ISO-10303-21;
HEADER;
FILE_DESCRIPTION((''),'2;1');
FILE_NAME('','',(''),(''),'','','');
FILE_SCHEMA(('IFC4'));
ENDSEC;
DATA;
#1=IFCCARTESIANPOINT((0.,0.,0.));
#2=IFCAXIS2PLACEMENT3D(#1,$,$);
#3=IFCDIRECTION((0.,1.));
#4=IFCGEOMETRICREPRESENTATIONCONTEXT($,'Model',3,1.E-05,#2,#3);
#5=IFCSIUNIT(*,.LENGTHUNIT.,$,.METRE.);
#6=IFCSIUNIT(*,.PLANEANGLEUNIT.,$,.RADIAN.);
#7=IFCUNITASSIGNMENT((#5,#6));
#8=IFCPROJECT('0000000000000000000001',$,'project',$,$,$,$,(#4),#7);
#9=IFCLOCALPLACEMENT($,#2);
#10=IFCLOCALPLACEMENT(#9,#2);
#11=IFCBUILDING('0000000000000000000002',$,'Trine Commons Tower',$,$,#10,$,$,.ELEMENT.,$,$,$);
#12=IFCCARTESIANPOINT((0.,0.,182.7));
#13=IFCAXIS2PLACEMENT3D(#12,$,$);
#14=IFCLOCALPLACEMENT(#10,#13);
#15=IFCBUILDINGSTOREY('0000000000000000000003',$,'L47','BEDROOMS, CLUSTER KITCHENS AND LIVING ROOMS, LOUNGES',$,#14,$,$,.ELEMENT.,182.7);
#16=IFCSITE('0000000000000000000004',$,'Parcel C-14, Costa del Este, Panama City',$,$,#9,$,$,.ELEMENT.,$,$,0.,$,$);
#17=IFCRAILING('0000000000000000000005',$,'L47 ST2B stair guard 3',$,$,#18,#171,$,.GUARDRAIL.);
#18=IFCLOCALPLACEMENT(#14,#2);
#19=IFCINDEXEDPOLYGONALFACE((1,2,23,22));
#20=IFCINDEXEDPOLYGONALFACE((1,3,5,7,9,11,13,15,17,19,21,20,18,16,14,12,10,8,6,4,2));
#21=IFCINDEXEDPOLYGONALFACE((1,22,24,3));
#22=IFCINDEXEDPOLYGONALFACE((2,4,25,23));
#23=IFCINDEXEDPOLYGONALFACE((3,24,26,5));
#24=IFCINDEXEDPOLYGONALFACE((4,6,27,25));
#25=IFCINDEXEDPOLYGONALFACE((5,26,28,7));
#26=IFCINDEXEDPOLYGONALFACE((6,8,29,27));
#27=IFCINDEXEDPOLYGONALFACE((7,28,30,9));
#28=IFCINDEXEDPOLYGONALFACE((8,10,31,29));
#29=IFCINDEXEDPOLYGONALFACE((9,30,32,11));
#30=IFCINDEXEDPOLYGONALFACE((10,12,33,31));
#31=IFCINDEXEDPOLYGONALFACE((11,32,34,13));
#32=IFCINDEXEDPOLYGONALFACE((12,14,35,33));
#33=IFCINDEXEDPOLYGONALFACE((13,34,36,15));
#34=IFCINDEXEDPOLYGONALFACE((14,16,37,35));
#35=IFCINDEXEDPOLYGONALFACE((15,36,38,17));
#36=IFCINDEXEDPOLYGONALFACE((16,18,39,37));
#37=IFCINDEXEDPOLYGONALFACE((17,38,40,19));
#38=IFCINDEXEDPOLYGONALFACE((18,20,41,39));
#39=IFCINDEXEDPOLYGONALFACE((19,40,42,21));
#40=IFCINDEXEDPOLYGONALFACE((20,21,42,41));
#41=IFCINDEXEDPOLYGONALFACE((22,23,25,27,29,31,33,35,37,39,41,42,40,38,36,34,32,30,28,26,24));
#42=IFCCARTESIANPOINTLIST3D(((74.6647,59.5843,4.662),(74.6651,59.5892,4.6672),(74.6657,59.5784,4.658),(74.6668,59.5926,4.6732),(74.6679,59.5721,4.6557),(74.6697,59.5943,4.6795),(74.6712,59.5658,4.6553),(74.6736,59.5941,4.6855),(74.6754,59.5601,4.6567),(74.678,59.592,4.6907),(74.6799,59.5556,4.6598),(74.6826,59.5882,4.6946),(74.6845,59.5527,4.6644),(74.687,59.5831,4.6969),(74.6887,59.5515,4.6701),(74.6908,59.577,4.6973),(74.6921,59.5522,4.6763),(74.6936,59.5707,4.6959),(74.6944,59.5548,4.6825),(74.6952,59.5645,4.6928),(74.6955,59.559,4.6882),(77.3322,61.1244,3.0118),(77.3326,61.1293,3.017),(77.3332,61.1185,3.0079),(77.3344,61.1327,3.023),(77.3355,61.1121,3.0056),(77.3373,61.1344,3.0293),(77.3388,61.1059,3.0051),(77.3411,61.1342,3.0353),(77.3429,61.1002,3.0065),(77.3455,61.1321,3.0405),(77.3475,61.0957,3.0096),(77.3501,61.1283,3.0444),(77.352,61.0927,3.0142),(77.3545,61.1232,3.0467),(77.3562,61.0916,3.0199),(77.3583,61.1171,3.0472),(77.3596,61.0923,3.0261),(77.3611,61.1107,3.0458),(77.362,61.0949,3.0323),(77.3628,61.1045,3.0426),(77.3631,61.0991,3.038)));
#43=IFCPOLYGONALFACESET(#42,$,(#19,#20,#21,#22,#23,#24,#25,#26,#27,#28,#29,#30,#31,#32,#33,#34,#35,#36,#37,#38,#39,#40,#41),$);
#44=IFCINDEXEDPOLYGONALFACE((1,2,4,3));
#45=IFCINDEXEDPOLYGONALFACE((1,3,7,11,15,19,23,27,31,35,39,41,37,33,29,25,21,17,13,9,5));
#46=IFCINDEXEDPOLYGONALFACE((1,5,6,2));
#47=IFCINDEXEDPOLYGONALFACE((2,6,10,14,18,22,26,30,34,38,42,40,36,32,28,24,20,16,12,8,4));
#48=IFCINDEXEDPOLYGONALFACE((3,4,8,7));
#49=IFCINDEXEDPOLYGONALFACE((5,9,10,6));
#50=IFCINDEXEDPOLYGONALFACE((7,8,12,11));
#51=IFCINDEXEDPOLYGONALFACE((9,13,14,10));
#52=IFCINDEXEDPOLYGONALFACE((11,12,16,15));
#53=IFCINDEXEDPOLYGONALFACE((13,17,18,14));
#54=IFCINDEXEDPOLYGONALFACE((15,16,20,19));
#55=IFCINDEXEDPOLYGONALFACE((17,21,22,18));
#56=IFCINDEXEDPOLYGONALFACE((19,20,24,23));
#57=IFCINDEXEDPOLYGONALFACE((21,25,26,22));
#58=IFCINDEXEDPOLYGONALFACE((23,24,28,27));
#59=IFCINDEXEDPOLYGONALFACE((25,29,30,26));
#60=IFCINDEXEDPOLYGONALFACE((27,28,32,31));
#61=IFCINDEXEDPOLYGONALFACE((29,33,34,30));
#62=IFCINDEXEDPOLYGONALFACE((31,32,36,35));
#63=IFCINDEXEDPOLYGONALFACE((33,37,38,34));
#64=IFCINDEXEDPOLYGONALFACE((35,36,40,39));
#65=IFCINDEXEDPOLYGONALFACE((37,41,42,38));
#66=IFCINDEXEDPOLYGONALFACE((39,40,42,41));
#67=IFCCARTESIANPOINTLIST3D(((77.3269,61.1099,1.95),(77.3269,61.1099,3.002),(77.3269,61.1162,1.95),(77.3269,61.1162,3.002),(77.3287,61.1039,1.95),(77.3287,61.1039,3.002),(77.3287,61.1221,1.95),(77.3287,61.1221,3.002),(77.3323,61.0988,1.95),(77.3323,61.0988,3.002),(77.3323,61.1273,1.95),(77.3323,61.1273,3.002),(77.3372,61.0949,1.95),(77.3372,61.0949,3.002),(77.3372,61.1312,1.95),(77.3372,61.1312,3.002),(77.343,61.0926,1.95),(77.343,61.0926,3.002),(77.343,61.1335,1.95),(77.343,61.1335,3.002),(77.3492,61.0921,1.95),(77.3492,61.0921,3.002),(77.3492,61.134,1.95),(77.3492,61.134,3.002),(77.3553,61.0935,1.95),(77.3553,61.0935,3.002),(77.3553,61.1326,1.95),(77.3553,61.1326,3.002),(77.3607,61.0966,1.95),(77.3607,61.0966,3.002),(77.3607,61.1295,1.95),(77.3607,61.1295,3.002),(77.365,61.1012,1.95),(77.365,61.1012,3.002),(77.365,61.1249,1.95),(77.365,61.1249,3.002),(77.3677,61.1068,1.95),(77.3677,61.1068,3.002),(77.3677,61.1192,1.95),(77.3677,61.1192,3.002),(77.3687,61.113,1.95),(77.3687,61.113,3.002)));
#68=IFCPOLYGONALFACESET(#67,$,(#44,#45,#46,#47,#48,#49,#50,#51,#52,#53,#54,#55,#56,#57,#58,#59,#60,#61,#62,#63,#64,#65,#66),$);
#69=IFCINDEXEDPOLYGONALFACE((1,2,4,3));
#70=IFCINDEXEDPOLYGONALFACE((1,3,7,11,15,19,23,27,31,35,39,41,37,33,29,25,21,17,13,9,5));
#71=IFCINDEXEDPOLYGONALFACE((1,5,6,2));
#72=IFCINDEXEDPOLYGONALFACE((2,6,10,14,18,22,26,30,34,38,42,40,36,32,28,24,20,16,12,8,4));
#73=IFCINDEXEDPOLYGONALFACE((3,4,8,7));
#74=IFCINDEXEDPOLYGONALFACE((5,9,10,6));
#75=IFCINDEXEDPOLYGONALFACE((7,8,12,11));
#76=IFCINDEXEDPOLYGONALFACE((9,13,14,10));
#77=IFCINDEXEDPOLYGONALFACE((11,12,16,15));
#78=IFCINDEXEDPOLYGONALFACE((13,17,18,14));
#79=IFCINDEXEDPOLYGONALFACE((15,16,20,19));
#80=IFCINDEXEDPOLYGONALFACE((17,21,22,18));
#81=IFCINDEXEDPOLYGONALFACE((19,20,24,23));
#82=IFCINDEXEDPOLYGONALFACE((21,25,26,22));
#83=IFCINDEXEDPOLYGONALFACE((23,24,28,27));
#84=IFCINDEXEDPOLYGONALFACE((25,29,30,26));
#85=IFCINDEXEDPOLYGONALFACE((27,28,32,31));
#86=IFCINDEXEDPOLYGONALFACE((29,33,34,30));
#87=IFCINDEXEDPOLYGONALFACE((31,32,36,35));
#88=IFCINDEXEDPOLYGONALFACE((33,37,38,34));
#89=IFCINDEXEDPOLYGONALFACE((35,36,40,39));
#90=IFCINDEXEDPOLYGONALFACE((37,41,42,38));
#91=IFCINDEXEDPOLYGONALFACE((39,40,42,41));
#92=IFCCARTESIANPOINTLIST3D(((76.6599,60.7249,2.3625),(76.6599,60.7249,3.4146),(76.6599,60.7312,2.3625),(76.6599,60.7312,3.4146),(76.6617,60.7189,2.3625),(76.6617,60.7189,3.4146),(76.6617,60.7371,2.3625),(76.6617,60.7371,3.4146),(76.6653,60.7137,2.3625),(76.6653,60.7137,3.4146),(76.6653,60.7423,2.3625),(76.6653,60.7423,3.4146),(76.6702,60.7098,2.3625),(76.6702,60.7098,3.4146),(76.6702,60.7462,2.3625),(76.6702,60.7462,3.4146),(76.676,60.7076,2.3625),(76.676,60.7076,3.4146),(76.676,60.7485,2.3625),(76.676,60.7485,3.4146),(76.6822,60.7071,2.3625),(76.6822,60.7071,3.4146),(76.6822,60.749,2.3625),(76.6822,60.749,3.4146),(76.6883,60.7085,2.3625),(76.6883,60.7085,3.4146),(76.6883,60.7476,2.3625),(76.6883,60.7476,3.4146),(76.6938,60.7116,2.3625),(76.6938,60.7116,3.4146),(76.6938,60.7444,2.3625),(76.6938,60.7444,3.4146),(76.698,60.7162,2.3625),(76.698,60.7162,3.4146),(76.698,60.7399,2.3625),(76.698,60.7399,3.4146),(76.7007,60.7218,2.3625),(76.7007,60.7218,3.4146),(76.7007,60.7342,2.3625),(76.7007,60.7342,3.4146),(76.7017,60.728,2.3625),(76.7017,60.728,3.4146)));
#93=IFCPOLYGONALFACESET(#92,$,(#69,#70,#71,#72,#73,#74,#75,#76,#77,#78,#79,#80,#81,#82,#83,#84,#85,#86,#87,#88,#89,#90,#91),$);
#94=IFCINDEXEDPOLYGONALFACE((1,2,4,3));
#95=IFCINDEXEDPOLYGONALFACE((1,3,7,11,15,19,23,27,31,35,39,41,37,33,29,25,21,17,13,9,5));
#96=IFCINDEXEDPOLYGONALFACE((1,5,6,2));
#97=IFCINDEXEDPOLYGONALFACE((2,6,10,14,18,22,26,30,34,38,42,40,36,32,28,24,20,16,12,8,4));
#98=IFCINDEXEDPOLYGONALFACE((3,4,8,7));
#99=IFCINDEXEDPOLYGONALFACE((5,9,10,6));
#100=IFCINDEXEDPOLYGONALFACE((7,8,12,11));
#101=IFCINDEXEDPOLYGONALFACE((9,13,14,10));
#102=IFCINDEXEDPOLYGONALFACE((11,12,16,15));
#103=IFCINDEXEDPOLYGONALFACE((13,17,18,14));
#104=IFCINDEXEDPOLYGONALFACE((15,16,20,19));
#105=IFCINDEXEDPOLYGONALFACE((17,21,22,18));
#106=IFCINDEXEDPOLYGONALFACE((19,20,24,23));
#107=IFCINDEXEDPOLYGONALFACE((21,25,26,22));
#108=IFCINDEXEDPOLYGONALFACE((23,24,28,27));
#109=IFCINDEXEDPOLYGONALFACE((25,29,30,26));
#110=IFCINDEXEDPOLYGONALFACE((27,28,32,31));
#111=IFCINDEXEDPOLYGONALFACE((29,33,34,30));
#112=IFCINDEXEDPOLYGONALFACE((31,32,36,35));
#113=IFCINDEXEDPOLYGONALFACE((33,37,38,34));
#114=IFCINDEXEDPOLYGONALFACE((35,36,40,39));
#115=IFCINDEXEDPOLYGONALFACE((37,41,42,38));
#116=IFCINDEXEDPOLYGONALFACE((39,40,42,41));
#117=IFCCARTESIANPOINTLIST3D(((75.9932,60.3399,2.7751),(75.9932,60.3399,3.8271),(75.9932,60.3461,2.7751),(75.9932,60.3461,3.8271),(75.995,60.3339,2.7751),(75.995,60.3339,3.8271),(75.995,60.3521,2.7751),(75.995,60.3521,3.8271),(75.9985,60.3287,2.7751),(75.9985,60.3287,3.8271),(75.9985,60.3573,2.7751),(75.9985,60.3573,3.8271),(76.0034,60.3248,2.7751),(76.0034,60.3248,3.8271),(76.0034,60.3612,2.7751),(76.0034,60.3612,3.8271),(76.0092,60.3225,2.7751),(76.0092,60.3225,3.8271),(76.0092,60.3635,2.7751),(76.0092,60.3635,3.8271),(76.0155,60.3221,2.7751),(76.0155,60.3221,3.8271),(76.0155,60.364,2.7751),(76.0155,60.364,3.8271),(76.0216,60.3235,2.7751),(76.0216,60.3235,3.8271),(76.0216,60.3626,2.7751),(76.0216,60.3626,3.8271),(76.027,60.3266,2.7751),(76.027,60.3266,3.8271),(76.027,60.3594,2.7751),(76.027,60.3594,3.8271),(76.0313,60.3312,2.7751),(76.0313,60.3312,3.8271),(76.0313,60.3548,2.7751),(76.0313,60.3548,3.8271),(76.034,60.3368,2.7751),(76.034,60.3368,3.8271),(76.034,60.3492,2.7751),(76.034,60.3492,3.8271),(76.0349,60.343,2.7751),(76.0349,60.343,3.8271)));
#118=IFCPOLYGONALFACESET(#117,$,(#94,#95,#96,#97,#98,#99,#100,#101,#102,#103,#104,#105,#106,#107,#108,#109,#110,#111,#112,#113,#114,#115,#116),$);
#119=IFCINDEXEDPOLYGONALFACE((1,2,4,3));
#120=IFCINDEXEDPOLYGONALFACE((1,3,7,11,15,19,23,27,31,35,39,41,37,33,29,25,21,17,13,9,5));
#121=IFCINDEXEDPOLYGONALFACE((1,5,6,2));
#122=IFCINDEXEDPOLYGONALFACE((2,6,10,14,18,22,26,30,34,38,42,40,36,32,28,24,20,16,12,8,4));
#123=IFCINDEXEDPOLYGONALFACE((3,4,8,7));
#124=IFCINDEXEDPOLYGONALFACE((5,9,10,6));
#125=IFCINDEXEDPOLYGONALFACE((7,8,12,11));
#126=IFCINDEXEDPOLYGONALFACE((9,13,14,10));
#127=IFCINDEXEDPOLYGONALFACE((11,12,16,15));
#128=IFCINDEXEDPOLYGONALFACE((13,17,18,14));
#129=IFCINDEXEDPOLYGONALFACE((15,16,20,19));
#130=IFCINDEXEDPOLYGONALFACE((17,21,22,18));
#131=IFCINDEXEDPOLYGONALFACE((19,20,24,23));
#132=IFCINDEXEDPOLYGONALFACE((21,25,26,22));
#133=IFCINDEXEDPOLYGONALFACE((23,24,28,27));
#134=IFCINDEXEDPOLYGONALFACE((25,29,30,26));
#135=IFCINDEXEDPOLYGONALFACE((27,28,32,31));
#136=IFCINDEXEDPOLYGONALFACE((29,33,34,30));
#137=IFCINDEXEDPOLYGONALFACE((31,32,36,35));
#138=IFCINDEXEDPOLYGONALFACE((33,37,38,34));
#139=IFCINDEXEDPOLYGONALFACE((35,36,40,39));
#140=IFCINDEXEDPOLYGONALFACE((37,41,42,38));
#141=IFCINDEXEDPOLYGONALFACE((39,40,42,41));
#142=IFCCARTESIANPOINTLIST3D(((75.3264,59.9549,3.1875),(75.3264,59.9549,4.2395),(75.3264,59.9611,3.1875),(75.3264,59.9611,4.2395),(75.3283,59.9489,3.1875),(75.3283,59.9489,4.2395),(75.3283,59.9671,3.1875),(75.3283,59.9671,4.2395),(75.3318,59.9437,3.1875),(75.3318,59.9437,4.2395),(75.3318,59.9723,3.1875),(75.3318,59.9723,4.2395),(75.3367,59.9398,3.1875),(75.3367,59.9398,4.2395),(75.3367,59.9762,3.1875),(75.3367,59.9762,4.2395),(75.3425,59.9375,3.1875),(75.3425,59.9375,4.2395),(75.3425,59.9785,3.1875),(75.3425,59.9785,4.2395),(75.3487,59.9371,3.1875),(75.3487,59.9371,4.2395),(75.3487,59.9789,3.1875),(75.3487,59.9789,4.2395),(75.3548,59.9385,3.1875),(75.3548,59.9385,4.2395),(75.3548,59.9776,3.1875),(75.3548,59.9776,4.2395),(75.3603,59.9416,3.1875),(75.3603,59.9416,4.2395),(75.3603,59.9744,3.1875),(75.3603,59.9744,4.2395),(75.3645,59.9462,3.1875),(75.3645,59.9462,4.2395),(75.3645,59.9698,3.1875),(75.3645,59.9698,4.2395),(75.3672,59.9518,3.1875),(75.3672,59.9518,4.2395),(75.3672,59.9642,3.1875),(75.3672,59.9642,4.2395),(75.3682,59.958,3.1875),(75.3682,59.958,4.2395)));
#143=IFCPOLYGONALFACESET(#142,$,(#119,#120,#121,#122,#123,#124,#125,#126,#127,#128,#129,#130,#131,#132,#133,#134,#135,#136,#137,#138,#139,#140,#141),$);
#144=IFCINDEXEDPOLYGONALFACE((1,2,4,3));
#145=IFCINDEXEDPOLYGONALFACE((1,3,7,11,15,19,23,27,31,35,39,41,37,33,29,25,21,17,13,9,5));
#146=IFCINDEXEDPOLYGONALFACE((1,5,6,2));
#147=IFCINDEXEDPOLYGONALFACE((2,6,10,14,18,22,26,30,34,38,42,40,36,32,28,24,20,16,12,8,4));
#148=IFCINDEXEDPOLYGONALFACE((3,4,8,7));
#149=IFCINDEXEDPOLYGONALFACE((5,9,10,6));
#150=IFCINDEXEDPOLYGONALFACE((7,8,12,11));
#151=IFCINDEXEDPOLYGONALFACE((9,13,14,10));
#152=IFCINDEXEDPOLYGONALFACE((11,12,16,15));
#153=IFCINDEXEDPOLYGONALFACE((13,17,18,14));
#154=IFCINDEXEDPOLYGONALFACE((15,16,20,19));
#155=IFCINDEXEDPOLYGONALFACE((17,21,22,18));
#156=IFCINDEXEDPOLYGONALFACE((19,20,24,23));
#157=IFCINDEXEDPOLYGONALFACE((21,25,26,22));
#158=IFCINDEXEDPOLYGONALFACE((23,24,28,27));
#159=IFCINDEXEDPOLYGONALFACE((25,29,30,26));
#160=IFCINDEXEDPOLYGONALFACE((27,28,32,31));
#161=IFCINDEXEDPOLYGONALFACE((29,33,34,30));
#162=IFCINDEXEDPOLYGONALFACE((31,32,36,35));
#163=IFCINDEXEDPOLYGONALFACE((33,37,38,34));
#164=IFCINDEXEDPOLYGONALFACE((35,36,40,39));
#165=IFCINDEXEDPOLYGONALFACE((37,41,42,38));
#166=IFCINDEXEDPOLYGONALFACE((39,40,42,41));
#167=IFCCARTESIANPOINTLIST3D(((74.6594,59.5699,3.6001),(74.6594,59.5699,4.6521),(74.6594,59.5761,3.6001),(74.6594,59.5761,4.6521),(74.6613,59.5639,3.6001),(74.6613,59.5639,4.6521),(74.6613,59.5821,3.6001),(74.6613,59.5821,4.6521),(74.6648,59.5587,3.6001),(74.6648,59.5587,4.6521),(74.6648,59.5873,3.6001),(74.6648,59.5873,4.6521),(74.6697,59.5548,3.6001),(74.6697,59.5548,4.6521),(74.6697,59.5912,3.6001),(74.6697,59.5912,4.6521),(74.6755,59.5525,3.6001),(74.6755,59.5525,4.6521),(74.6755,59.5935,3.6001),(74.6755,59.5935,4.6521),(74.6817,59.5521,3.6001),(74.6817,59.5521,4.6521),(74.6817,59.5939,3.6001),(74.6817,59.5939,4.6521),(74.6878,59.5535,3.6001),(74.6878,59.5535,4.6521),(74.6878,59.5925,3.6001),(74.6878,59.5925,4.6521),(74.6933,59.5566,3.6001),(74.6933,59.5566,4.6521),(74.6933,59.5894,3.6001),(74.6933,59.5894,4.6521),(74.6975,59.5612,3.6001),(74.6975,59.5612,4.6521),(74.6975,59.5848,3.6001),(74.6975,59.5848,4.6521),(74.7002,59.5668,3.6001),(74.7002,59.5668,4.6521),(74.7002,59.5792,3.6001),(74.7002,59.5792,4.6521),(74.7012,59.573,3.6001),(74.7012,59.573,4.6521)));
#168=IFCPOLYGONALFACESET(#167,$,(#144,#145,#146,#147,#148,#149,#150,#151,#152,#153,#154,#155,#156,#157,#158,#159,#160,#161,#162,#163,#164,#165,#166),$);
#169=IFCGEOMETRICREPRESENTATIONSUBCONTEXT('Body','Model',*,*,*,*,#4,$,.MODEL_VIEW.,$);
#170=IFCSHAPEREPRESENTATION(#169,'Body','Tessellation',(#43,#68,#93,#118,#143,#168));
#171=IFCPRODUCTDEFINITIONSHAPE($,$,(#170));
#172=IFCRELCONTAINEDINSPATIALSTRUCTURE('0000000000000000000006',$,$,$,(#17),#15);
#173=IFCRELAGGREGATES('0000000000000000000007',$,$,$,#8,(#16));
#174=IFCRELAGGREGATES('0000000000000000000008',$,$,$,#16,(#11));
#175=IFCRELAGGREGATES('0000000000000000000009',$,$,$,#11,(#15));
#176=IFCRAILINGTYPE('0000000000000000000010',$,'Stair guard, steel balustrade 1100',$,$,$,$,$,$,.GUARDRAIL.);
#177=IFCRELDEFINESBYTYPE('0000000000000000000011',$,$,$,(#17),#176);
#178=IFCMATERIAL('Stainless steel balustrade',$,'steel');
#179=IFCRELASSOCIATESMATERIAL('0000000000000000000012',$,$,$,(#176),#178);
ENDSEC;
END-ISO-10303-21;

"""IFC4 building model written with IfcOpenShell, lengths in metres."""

from ifc_helpers import new_model, si_unit, direction, frame, origin, origin_2d, place, context, subcontext, project, spatial, circle, extrude, material, type_object, element, save


model = new_model("IFC4")

# Units and contexts
model_context = context("Model", 3, precision=1e-05, world=origin(), true_north=direction((0.0, 1.0)))
body_context = subcontext(model_context, "Body", "Model", "MODEL_VIEW")
ifc_project = project(units=[si_unit("LENGTHUNIT", "METRE"), si_unit("PLANEANGLEUNIT", "RADIAN")], contexts=[model_context])

# Site, building, storey
site_placement = place(None, origin())
site = spatial("IfcSite", under=ifc_project, at=site_placement, Name="Parcel C-14, Costa del Este, Panama City", CompositionType="ELEMENT", RefElevation=0.0)
building_placement = place(site_placement, origin())
building = spatial("IfcBuilding", under=site, at=building_placement, Name="Trine Commons Tower", CompositionType="ELEMENT")
storey_placement = place(building_placement, frame((0.0, 0.0, 182.7)))
storey = spatial("IfcBuildingStorey", under=building, at=storey_placement, Name="L47", Description="BEDROOMS, CLUSTER KITCHENS AND LIVING ROOMS, LOUNGES", CompositionType="ELEMENT", Elevation=182.7)

# Railing
ifc_material_1 = material(Name="Stainless steel balustrade", Category="steel")
railing_type_1 = type_object("IfcRailingType", Name="Stair guard, steel balustrade 1100", PredefinedType="GUARDRAIL", material=ifc_material_1)
railing_1_placement = place(storey_placement, frame((77.3477, 61.113, 1.95)))
element("IfcRailing", 1, at=railing_1_placement, inside=storey, type_object=railing_type_1, Name="L47 ST2B stair guard 3", PredefinedType="GUARDRAIL", context=body_context, shape_type="SweptSolid", body=[
    extrude(circle(Radius=0.0239, at=origin_2d()), frame((0.0, 0.0, 1.0762), z_axis=(-0.76338, -0.440728, 0.472239), x_axis=(0.499992, -0.86603, 0.0)), (0.0, 0.0, 1.0), 3.4944),
    extrude(circle(Radius=0.021, at=origin_2d()), origin(), (0.0, 0.0, 1.0), 1.052),
    extrude(circle(Radius=0.021, at=origin_2d()), frame((-0.667, -0.385, 0.4126)), (0.0, 0.0, 1.0), 1.052),
    extrude(circle(Radius=0.021, at=origin_2d()), frame((-1.3337, -0.77, 0.8252)), (0.0, 0.0, 1.0), 1.052),
    extrude(circle(Radius=0.021, at=origin_2d()), frame((-2.0005, -1.155, 1.2375)), (0.0, 0.0, 1.0), 1.052),
    extrude(circle(Radius=0.021, at=origin_2d()), frame((-2.6675, -1.54, 1.6501)), (0.0, 0.0, 1.0), 1.052),
])

save(model, "model.ifc")
